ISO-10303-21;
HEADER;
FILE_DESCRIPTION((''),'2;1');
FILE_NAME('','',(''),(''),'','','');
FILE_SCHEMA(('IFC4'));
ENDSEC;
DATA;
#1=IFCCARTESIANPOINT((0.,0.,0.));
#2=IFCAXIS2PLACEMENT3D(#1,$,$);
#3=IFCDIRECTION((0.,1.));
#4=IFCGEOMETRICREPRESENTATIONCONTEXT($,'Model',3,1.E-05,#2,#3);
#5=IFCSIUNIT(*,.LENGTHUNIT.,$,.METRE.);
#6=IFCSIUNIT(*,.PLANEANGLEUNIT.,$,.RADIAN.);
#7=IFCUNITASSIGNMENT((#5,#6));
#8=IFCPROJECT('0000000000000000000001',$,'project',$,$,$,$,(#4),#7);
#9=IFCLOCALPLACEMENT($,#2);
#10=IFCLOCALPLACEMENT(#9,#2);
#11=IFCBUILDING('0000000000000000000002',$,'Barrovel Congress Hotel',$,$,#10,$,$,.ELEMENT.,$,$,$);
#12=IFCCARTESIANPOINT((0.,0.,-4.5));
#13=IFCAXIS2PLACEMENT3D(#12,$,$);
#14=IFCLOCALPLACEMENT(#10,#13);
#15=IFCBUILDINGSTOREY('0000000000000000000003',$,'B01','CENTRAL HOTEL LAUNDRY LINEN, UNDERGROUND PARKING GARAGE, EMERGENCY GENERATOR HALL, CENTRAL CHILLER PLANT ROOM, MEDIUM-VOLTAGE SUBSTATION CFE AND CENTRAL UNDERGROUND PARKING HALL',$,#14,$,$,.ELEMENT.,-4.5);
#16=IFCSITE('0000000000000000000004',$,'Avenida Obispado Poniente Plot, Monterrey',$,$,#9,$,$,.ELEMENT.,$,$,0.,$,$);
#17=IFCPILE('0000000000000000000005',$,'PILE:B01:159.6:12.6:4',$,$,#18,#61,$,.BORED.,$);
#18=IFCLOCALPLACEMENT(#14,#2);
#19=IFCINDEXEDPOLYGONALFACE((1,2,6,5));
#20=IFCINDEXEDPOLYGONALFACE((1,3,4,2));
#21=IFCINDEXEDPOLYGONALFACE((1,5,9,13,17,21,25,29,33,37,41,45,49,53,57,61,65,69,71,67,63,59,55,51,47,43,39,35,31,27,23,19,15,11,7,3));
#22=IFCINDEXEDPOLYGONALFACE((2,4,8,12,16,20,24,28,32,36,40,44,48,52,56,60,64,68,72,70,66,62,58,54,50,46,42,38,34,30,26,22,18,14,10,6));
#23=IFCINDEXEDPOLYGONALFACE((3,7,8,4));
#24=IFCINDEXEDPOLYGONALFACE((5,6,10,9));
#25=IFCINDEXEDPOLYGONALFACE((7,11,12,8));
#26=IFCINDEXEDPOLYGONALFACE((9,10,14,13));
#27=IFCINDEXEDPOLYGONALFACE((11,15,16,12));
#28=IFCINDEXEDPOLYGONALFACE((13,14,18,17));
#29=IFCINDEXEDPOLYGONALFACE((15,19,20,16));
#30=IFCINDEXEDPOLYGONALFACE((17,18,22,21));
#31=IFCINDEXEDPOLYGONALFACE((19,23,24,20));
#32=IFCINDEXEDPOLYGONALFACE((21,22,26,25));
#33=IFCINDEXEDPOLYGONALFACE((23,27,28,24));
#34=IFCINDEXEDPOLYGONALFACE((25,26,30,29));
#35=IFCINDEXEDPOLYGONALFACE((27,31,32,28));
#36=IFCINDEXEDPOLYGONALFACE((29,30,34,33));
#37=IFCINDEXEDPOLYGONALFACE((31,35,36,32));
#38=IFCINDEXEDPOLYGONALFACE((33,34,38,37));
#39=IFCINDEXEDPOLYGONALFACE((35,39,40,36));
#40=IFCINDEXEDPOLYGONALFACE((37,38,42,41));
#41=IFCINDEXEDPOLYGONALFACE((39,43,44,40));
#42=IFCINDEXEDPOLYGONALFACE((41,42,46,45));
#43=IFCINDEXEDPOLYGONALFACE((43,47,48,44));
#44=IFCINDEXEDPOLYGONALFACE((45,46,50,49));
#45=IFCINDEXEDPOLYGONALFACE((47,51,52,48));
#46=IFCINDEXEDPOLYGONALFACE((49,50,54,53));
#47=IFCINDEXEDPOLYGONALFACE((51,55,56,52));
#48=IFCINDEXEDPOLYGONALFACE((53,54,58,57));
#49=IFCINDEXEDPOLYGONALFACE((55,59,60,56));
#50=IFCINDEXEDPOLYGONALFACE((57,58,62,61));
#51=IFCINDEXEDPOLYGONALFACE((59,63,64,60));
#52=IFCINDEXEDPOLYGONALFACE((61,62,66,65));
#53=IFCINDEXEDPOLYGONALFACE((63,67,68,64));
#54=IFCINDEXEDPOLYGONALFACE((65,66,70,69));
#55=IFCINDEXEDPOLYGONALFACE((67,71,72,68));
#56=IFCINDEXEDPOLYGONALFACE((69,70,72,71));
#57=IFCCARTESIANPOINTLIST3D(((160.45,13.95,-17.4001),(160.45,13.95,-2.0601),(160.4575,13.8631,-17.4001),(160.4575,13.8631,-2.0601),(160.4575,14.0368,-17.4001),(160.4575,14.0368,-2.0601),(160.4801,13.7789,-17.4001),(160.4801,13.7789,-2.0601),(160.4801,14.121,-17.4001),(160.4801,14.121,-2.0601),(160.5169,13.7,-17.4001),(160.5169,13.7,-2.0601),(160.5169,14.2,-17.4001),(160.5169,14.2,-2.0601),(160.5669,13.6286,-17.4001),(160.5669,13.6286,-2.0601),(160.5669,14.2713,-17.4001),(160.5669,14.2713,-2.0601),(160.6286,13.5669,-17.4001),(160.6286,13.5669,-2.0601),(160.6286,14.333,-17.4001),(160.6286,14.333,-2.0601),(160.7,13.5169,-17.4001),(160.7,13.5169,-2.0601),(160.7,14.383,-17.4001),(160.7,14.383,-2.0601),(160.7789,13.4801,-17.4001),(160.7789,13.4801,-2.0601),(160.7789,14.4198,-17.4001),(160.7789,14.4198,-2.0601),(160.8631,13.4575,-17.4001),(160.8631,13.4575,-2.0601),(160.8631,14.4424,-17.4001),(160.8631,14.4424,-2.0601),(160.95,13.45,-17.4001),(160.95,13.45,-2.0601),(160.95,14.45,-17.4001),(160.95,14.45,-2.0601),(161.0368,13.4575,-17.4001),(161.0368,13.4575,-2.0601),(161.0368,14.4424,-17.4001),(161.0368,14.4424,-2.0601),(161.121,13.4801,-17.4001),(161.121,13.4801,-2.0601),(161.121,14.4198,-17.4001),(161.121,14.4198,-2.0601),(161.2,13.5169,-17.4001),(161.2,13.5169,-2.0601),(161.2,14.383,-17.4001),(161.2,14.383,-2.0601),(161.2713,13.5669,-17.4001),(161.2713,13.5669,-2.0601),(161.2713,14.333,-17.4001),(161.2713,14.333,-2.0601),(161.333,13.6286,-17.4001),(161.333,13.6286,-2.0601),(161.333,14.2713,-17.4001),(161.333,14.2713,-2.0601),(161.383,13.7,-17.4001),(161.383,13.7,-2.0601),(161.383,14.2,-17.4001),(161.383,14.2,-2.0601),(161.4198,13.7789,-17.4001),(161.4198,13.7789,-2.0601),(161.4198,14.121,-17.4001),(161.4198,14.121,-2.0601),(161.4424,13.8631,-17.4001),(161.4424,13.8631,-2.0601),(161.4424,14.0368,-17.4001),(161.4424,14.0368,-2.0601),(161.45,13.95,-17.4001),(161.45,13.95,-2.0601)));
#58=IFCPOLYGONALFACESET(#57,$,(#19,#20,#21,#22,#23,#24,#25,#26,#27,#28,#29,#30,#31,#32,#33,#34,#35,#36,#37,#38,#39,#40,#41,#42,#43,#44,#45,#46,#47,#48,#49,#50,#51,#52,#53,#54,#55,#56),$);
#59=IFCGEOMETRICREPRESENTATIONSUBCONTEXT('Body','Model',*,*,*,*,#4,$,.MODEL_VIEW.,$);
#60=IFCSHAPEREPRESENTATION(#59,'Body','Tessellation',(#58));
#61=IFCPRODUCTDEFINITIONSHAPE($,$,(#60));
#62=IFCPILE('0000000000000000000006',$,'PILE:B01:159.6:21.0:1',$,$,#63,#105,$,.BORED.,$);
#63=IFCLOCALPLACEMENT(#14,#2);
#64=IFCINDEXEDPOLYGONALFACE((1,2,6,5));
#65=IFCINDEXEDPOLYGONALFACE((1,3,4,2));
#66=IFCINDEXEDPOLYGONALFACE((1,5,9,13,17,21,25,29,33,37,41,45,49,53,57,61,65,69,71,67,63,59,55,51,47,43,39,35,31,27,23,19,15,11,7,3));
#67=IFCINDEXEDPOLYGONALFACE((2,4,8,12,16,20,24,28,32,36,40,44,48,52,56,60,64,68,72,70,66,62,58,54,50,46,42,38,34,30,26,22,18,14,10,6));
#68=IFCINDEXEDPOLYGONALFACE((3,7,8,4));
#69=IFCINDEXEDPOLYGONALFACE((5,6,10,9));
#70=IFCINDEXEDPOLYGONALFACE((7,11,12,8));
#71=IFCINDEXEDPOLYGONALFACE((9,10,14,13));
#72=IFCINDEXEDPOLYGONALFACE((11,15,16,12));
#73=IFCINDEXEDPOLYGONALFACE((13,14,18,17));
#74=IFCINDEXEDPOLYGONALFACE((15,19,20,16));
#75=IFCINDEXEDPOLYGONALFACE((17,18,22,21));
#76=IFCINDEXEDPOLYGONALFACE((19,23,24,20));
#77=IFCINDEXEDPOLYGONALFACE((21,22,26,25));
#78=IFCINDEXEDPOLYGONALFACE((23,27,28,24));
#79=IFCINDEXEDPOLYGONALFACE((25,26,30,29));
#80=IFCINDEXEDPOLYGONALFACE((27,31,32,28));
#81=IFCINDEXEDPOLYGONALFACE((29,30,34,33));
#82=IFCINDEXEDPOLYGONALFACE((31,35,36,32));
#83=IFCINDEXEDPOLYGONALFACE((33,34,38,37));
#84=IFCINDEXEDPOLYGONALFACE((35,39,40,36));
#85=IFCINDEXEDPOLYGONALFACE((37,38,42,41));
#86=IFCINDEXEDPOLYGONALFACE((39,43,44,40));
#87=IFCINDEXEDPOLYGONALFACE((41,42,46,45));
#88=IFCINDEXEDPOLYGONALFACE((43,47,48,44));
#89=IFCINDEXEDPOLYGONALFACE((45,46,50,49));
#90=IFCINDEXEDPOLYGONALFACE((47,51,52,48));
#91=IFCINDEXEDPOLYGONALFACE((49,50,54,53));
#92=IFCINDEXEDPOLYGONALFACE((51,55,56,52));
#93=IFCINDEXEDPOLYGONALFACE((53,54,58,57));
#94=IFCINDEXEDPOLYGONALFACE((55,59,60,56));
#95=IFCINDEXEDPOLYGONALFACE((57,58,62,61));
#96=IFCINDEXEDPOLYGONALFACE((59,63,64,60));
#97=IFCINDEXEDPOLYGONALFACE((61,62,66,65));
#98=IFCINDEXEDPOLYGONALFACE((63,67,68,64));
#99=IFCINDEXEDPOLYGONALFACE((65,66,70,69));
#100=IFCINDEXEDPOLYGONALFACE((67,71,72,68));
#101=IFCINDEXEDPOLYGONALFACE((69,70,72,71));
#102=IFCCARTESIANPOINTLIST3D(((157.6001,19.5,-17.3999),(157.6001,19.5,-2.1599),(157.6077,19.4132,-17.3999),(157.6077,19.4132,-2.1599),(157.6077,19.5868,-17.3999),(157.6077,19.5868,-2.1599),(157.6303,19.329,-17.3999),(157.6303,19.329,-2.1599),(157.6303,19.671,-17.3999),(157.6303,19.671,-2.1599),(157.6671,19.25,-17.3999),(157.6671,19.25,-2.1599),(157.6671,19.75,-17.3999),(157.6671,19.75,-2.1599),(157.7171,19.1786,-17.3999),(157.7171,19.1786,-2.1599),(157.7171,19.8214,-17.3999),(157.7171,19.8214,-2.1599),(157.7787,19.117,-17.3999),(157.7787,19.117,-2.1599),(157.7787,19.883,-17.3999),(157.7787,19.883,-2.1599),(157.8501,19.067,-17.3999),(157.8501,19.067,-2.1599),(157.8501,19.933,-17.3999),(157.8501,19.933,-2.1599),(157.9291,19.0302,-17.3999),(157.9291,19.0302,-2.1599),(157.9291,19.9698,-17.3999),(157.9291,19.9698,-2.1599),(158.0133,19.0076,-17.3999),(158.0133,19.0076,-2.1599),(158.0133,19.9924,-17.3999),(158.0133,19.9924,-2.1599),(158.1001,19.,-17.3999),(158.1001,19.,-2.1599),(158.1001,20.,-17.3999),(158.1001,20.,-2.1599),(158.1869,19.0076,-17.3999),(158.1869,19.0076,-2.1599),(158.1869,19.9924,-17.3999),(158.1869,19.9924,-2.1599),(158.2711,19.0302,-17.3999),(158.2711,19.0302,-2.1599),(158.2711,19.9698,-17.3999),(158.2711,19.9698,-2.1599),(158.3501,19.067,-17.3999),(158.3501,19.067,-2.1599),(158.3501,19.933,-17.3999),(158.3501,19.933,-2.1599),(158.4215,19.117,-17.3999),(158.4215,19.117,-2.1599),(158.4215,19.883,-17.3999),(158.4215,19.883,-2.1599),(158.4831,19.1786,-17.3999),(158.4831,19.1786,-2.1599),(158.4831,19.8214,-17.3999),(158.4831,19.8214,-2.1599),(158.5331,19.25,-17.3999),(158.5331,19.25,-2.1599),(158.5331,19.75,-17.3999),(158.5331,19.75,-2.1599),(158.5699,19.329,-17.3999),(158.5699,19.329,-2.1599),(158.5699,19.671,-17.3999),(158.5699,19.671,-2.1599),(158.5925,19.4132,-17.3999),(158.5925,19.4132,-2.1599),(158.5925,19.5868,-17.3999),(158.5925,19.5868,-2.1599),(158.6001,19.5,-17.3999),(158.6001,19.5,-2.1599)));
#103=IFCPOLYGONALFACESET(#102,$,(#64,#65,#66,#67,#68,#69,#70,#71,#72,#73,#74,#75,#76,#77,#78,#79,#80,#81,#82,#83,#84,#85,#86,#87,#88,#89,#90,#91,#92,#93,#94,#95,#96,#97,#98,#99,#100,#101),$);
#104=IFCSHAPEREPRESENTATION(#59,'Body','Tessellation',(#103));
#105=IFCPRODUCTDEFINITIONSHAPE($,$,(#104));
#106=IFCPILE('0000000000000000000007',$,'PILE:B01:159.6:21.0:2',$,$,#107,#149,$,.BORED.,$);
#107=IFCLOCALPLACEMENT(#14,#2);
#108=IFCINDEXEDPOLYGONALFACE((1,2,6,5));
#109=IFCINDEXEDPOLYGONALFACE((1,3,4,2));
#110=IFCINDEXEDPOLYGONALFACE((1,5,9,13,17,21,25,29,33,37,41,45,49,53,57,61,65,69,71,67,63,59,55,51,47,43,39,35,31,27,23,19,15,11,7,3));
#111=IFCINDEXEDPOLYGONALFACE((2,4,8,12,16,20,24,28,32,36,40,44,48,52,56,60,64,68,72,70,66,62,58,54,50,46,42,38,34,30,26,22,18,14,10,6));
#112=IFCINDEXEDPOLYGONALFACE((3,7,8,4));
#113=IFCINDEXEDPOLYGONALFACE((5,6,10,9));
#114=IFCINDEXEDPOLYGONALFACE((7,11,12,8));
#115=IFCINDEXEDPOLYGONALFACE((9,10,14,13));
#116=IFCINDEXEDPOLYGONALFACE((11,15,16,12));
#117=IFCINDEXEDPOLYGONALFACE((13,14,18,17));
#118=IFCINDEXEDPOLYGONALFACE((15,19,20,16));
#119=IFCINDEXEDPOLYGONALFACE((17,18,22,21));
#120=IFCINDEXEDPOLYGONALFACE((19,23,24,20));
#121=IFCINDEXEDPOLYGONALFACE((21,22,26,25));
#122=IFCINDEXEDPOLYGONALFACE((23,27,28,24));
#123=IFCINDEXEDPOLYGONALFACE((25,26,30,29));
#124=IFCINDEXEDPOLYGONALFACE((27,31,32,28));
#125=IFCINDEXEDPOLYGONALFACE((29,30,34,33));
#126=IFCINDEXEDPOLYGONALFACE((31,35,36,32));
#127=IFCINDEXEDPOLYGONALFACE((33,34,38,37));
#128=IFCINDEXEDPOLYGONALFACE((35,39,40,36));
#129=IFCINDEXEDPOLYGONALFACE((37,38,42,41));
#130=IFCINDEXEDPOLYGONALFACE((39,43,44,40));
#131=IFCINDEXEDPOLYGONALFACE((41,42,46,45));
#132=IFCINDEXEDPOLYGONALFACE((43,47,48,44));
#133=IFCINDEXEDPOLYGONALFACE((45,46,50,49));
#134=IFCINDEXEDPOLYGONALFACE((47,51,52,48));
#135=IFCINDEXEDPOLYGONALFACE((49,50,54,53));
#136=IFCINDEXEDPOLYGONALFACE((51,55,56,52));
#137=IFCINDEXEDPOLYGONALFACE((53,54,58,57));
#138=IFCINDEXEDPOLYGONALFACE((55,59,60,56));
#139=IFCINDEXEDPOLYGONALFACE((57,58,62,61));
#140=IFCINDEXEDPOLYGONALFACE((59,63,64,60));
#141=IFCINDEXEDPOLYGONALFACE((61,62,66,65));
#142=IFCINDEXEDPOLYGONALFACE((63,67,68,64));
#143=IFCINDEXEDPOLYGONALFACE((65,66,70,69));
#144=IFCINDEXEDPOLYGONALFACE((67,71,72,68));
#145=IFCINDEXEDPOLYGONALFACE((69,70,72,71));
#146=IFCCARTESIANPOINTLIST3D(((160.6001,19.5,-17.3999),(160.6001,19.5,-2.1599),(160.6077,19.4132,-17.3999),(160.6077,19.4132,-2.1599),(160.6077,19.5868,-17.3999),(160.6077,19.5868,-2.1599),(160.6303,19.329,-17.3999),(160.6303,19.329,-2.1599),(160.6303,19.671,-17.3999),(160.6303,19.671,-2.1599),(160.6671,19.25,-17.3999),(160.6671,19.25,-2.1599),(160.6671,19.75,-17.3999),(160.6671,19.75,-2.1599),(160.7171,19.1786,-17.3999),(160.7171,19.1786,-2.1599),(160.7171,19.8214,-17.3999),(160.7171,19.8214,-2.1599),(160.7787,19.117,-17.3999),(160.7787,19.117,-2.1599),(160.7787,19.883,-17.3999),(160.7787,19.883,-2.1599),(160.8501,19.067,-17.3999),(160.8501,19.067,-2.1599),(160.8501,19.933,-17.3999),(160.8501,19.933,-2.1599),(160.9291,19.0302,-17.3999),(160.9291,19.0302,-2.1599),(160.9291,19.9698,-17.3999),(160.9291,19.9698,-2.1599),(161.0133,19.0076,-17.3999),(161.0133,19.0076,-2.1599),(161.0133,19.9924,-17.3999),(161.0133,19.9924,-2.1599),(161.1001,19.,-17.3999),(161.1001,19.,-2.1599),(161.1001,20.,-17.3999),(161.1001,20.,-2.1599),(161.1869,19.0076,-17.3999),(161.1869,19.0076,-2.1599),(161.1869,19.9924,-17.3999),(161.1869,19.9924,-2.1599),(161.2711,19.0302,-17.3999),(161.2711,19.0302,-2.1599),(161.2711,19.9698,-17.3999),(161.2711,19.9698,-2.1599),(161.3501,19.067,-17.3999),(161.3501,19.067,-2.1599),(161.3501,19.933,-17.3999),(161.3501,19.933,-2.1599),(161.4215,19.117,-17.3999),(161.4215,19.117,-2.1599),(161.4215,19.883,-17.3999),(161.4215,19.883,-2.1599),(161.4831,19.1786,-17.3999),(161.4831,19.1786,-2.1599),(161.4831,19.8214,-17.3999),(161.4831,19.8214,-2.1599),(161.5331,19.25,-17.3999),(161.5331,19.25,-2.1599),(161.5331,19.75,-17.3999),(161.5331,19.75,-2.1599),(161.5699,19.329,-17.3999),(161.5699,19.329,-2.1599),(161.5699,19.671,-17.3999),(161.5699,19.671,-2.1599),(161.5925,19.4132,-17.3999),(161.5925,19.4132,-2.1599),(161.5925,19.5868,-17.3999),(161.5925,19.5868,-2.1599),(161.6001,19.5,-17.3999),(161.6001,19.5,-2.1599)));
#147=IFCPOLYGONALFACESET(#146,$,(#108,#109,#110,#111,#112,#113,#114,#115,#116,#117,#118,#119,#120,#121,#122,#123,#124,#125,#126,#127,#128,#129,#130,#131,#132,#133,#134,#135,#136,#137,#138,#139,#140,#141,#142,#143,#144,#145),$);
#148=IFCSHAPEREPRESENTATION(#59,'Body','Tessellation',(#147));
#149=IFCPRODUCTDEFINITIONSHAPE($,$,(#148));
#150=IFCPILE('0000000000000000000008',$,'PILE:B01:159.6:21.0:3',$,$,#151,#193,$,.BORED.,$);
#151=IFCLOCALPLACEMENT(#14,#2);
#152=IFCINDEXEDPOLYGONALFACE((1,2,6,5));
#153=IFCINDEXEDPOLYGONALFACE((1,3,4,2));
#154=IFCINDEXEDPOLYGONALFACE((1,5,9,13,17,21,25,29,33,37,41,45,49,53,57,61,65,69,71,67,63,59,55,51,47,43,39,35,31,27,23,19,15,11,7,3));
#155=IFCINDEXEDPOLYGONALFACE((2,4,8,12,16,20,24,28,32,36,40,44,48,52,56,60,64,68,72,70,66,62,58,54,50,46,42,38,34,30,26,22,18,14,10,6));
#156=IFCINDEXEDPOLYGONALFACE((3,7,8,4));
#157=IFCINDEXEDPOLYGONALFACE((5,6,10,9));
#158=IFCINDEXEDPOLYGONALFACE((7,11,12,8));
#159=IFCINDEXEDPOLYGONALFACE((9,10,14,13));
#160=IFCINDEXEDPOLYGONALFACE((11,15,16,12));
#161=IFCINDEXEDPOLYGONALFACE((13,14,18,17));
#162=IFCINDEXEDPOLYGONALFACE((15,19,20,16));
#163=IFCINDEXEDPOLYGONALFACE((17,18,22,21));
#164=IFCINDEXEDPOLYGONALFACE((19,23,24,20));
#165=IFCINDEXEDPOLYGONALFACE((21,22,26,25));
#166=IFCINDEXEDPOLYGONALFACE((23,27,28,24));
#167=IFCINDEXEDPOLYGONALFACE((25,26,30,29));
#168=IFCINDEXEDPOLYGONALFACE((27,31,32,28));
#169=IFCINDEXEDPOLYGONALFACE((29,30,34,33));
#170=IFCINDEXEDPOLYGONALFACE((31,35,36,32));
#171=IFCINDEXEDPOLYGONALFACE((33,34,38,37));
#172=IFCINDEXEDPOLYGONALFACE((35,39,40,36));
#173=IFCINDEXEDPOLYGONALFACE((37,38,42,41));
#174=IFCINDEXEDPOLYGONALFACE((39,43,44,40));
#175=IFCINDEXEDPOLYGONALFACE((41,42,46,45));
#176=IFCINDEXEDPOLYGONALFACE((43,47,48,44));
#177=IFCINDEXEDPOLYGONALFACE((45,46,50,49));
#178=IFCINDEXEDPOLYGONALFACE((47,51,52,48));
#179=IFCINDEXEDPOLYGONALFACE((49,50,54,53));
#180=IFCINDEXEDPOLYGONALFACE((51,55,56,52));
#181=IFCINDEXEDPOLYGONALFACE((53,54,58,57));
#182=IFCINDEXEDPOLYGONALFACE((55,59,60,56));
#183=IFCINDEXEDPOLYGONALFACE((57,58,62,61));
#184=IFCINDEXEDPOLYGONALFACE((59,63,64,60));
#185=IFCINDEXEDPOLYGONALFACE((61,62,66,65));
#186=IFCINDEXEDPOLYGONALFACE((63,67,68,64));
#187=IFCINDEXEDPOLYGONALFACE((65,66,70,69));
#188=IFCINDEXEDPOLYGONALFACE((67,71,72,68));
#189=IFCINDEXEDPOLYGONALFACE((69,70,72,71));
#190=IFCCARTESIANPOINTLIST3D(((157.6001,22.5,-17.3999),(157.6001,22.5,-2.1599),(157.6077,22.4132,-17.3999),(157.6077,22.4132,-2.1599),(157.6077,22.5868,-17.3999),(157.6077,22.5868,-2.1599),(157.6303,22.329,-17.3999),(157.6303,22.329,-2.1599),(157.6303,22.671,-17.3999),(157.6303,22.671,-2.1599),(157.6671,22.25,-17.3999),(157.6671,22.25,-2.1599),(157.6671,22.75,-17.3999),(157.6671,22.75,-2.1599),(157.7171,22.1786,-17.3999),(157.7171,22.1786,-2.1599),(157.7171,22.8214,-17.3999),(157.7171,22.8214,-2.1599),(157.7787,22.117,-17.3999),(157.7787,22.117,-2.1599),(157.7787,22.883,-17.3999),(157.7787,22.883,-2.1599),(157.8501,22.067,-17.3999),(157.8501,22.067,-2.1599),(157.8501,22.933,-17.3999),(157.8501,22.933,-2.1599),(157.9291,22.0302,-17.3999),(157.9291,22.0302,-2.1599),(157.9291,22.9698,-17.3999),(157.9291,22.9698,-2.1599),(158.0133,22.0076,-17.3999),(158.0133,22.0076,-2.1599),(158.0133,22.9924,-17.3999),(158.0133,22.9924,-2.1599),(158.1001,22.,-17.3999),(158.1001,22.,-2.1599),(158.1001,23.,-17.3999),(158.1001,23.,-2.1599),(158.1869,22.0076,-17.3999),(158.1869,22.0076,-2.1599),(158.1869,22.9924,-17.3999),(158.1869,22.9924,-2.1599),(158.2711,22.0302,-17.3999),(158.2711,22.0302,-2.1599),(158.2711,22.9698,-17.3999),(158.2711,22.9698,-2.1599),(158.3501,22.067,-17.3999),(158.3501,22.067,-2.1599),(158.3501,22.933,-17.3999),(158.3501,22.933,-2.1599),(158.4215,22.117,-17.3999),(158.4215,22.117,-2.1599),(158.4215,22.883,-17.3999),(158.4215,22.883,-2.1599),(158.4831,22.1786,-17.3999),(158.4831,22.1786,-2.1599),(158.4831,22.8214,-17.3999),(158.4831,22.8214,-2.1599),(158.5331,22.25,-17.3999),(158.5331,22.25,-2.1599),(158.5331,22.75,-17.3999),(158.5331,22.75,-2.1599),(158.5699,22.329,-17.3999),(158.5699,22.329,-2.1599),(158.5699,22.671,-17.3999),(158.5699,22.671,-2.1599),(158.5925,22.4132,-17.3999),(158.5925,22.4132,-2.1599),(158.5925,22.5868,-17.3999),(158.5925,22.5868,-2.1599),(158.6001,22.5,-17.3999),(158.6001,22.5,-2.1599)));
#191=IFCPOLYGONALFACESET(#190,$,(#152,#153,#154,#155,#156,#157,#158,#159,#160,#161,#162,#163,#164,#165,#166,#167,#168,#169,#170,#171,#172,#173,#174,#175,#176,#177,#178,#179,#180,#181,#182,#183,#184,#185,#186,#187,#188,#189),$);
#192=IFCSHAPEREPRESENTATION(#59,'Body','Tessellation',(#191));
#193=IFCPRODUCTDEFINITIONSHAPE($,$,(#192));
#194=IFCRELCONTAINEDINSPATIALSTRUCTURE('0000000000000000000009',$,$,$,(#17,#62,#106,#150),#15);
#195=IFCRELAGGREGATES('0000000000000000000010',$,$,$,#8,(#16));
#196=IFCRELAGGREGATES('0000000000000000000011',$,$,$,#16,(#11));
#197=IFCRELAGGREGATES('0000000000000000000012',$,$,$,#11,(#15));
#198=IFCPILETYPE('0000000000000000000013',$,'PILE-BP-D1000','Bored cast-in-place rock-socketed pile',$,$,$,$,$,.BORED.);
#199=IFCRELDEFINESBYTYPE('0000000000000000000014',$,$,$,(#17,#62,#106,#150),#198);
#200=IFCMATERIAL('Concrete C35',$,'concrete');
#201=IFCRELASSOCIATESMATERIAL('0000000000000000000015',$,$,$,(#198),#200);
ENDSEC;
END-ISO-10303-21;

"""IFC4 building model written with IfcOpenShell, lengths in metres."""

from ifc_helpers import new_model, si_unit, direction, frame, origin, origin_2d, place, context, subcontext, project, spatial, circle, extrude, material, material_profile, profile_set, type_object, element, save


model = new_model("IFC4")

# Units and contexts
model_context = context("Model", 3, precision=1e-05, world=origin(), true_north=direction((0.0, 1.0)))
body_context = subcontext(model_context, "Body", "Model", "MODEL_VIEW")
ifc_project = project(units=[si_unit("LENGTHUNIT", "METRE"), si_unit("PLANEANGLEUNIT", "RADIAN")], contexts=[model_context])

# Site, building, storey
site_placement = place(None, origin())
site = spatial("IfcSite", under=ifc_project, at=site_placement, Name="Avenida Obispado Poniente Plot, Monterrey", CompositionType="ELEMENT", RefElevation=0.0)
building_placement = place(site_placement, origin())
building = spatial("IfcBuilding", under=site, at=building_placement, Name="Barrovel Congress Hotel", CompositionType="ELEMENT")
storey_placement = place(building_placement, frame((0.0, 0.0, -4.5)))
storey = spatial("IfcBuildingStorey", under=building, at=storey_placement, Name="B01", Description="CENTRAL HOTEL LAUNDRY LINEN, UNDERGROUND PARKING GARAGE, EMERGENCY GENERATOR HALL, CENTRAL CHILLER PLANT ROOM, MEDIUM-VOLTAGE SUBSTATION CFE AND CENTRAL UNDERGROUND PARKING HALL", CompositionType="ELEMENT", Elevation=-4.5)

# Piles
ifc_material_1 = material(Name="Concrete C35", Category="concrete")
ifc_material_profile_1 = material_profile(ifc_material_1, circle(Radius=0.5, at=origin_2d()), Name="BP-D1000")
ifc_profile_set_1 = profile_set([ifc_material_profile_1], Name="Concrete C35")
pile_type_1 = type_object("IfcPileType", Name="PILE-BP-D1000", Description="Bored cast-in-place rock-socketed pile", PredefinedType="BORED", material=ifc_profile_set_1)
for number, where, z_axis, x_axis, name in (
    (1, (160.95, 13.95, -2.0601), (0.0, 0.0, -1.0), (1.0, 0.0, 0.0), "PILE:B01:159.6:12.6:4"),
):
    element("IfcPile", number, at=place(storey_placement, frame(where, z_axis=z_axis, x_axis=x_axis)), inside=storey, type_object=pile_type_1, Name=name, PredefinedType="BORED", context=body_context, shape_type="SweptSolid", body=[
        extrude(circle(Radius=0.5, at=origin_2d()), origin(), (0.0, 0.0, 1.0), 15.3401),
    ])
for number, where, z_axis, x_axis, name in (
    (2, (158.1001, 19.5, -2.1599), (0.0, 0.0, -1.0), (1.0, 0.0, 0.0), "PILE:B01:159.6:21.0:1"),
    (3, (161.1001, 19.5, -2.1599), (0.0, 0.0, -1.0), (1.0, 0.0, 0.0), "PILE:B01:159.6:21.0:2"),
    (4, (158.1001, 22.5, -2.1599), (0.0, 0.0, -1.0), (1.0, 0.0, 0.0), "PILE:B01:159.6:21.0:3"),
):
    element("IfcPile", number, at=place(storey_placement, frame(where, z_axis=z_axis, x_axis=x_axis)), inside=storey, type_object=pile_type_1, Name=name, PredefinedType="BORED", context=body_context, shape_type="SweptSolid", body=[
        extrude(circle(Radius=0.5, at=origin_2d()), origin(), (0.0, 0.0, 1.0), 15.24),
    ])

save(model, "model.ifc")
